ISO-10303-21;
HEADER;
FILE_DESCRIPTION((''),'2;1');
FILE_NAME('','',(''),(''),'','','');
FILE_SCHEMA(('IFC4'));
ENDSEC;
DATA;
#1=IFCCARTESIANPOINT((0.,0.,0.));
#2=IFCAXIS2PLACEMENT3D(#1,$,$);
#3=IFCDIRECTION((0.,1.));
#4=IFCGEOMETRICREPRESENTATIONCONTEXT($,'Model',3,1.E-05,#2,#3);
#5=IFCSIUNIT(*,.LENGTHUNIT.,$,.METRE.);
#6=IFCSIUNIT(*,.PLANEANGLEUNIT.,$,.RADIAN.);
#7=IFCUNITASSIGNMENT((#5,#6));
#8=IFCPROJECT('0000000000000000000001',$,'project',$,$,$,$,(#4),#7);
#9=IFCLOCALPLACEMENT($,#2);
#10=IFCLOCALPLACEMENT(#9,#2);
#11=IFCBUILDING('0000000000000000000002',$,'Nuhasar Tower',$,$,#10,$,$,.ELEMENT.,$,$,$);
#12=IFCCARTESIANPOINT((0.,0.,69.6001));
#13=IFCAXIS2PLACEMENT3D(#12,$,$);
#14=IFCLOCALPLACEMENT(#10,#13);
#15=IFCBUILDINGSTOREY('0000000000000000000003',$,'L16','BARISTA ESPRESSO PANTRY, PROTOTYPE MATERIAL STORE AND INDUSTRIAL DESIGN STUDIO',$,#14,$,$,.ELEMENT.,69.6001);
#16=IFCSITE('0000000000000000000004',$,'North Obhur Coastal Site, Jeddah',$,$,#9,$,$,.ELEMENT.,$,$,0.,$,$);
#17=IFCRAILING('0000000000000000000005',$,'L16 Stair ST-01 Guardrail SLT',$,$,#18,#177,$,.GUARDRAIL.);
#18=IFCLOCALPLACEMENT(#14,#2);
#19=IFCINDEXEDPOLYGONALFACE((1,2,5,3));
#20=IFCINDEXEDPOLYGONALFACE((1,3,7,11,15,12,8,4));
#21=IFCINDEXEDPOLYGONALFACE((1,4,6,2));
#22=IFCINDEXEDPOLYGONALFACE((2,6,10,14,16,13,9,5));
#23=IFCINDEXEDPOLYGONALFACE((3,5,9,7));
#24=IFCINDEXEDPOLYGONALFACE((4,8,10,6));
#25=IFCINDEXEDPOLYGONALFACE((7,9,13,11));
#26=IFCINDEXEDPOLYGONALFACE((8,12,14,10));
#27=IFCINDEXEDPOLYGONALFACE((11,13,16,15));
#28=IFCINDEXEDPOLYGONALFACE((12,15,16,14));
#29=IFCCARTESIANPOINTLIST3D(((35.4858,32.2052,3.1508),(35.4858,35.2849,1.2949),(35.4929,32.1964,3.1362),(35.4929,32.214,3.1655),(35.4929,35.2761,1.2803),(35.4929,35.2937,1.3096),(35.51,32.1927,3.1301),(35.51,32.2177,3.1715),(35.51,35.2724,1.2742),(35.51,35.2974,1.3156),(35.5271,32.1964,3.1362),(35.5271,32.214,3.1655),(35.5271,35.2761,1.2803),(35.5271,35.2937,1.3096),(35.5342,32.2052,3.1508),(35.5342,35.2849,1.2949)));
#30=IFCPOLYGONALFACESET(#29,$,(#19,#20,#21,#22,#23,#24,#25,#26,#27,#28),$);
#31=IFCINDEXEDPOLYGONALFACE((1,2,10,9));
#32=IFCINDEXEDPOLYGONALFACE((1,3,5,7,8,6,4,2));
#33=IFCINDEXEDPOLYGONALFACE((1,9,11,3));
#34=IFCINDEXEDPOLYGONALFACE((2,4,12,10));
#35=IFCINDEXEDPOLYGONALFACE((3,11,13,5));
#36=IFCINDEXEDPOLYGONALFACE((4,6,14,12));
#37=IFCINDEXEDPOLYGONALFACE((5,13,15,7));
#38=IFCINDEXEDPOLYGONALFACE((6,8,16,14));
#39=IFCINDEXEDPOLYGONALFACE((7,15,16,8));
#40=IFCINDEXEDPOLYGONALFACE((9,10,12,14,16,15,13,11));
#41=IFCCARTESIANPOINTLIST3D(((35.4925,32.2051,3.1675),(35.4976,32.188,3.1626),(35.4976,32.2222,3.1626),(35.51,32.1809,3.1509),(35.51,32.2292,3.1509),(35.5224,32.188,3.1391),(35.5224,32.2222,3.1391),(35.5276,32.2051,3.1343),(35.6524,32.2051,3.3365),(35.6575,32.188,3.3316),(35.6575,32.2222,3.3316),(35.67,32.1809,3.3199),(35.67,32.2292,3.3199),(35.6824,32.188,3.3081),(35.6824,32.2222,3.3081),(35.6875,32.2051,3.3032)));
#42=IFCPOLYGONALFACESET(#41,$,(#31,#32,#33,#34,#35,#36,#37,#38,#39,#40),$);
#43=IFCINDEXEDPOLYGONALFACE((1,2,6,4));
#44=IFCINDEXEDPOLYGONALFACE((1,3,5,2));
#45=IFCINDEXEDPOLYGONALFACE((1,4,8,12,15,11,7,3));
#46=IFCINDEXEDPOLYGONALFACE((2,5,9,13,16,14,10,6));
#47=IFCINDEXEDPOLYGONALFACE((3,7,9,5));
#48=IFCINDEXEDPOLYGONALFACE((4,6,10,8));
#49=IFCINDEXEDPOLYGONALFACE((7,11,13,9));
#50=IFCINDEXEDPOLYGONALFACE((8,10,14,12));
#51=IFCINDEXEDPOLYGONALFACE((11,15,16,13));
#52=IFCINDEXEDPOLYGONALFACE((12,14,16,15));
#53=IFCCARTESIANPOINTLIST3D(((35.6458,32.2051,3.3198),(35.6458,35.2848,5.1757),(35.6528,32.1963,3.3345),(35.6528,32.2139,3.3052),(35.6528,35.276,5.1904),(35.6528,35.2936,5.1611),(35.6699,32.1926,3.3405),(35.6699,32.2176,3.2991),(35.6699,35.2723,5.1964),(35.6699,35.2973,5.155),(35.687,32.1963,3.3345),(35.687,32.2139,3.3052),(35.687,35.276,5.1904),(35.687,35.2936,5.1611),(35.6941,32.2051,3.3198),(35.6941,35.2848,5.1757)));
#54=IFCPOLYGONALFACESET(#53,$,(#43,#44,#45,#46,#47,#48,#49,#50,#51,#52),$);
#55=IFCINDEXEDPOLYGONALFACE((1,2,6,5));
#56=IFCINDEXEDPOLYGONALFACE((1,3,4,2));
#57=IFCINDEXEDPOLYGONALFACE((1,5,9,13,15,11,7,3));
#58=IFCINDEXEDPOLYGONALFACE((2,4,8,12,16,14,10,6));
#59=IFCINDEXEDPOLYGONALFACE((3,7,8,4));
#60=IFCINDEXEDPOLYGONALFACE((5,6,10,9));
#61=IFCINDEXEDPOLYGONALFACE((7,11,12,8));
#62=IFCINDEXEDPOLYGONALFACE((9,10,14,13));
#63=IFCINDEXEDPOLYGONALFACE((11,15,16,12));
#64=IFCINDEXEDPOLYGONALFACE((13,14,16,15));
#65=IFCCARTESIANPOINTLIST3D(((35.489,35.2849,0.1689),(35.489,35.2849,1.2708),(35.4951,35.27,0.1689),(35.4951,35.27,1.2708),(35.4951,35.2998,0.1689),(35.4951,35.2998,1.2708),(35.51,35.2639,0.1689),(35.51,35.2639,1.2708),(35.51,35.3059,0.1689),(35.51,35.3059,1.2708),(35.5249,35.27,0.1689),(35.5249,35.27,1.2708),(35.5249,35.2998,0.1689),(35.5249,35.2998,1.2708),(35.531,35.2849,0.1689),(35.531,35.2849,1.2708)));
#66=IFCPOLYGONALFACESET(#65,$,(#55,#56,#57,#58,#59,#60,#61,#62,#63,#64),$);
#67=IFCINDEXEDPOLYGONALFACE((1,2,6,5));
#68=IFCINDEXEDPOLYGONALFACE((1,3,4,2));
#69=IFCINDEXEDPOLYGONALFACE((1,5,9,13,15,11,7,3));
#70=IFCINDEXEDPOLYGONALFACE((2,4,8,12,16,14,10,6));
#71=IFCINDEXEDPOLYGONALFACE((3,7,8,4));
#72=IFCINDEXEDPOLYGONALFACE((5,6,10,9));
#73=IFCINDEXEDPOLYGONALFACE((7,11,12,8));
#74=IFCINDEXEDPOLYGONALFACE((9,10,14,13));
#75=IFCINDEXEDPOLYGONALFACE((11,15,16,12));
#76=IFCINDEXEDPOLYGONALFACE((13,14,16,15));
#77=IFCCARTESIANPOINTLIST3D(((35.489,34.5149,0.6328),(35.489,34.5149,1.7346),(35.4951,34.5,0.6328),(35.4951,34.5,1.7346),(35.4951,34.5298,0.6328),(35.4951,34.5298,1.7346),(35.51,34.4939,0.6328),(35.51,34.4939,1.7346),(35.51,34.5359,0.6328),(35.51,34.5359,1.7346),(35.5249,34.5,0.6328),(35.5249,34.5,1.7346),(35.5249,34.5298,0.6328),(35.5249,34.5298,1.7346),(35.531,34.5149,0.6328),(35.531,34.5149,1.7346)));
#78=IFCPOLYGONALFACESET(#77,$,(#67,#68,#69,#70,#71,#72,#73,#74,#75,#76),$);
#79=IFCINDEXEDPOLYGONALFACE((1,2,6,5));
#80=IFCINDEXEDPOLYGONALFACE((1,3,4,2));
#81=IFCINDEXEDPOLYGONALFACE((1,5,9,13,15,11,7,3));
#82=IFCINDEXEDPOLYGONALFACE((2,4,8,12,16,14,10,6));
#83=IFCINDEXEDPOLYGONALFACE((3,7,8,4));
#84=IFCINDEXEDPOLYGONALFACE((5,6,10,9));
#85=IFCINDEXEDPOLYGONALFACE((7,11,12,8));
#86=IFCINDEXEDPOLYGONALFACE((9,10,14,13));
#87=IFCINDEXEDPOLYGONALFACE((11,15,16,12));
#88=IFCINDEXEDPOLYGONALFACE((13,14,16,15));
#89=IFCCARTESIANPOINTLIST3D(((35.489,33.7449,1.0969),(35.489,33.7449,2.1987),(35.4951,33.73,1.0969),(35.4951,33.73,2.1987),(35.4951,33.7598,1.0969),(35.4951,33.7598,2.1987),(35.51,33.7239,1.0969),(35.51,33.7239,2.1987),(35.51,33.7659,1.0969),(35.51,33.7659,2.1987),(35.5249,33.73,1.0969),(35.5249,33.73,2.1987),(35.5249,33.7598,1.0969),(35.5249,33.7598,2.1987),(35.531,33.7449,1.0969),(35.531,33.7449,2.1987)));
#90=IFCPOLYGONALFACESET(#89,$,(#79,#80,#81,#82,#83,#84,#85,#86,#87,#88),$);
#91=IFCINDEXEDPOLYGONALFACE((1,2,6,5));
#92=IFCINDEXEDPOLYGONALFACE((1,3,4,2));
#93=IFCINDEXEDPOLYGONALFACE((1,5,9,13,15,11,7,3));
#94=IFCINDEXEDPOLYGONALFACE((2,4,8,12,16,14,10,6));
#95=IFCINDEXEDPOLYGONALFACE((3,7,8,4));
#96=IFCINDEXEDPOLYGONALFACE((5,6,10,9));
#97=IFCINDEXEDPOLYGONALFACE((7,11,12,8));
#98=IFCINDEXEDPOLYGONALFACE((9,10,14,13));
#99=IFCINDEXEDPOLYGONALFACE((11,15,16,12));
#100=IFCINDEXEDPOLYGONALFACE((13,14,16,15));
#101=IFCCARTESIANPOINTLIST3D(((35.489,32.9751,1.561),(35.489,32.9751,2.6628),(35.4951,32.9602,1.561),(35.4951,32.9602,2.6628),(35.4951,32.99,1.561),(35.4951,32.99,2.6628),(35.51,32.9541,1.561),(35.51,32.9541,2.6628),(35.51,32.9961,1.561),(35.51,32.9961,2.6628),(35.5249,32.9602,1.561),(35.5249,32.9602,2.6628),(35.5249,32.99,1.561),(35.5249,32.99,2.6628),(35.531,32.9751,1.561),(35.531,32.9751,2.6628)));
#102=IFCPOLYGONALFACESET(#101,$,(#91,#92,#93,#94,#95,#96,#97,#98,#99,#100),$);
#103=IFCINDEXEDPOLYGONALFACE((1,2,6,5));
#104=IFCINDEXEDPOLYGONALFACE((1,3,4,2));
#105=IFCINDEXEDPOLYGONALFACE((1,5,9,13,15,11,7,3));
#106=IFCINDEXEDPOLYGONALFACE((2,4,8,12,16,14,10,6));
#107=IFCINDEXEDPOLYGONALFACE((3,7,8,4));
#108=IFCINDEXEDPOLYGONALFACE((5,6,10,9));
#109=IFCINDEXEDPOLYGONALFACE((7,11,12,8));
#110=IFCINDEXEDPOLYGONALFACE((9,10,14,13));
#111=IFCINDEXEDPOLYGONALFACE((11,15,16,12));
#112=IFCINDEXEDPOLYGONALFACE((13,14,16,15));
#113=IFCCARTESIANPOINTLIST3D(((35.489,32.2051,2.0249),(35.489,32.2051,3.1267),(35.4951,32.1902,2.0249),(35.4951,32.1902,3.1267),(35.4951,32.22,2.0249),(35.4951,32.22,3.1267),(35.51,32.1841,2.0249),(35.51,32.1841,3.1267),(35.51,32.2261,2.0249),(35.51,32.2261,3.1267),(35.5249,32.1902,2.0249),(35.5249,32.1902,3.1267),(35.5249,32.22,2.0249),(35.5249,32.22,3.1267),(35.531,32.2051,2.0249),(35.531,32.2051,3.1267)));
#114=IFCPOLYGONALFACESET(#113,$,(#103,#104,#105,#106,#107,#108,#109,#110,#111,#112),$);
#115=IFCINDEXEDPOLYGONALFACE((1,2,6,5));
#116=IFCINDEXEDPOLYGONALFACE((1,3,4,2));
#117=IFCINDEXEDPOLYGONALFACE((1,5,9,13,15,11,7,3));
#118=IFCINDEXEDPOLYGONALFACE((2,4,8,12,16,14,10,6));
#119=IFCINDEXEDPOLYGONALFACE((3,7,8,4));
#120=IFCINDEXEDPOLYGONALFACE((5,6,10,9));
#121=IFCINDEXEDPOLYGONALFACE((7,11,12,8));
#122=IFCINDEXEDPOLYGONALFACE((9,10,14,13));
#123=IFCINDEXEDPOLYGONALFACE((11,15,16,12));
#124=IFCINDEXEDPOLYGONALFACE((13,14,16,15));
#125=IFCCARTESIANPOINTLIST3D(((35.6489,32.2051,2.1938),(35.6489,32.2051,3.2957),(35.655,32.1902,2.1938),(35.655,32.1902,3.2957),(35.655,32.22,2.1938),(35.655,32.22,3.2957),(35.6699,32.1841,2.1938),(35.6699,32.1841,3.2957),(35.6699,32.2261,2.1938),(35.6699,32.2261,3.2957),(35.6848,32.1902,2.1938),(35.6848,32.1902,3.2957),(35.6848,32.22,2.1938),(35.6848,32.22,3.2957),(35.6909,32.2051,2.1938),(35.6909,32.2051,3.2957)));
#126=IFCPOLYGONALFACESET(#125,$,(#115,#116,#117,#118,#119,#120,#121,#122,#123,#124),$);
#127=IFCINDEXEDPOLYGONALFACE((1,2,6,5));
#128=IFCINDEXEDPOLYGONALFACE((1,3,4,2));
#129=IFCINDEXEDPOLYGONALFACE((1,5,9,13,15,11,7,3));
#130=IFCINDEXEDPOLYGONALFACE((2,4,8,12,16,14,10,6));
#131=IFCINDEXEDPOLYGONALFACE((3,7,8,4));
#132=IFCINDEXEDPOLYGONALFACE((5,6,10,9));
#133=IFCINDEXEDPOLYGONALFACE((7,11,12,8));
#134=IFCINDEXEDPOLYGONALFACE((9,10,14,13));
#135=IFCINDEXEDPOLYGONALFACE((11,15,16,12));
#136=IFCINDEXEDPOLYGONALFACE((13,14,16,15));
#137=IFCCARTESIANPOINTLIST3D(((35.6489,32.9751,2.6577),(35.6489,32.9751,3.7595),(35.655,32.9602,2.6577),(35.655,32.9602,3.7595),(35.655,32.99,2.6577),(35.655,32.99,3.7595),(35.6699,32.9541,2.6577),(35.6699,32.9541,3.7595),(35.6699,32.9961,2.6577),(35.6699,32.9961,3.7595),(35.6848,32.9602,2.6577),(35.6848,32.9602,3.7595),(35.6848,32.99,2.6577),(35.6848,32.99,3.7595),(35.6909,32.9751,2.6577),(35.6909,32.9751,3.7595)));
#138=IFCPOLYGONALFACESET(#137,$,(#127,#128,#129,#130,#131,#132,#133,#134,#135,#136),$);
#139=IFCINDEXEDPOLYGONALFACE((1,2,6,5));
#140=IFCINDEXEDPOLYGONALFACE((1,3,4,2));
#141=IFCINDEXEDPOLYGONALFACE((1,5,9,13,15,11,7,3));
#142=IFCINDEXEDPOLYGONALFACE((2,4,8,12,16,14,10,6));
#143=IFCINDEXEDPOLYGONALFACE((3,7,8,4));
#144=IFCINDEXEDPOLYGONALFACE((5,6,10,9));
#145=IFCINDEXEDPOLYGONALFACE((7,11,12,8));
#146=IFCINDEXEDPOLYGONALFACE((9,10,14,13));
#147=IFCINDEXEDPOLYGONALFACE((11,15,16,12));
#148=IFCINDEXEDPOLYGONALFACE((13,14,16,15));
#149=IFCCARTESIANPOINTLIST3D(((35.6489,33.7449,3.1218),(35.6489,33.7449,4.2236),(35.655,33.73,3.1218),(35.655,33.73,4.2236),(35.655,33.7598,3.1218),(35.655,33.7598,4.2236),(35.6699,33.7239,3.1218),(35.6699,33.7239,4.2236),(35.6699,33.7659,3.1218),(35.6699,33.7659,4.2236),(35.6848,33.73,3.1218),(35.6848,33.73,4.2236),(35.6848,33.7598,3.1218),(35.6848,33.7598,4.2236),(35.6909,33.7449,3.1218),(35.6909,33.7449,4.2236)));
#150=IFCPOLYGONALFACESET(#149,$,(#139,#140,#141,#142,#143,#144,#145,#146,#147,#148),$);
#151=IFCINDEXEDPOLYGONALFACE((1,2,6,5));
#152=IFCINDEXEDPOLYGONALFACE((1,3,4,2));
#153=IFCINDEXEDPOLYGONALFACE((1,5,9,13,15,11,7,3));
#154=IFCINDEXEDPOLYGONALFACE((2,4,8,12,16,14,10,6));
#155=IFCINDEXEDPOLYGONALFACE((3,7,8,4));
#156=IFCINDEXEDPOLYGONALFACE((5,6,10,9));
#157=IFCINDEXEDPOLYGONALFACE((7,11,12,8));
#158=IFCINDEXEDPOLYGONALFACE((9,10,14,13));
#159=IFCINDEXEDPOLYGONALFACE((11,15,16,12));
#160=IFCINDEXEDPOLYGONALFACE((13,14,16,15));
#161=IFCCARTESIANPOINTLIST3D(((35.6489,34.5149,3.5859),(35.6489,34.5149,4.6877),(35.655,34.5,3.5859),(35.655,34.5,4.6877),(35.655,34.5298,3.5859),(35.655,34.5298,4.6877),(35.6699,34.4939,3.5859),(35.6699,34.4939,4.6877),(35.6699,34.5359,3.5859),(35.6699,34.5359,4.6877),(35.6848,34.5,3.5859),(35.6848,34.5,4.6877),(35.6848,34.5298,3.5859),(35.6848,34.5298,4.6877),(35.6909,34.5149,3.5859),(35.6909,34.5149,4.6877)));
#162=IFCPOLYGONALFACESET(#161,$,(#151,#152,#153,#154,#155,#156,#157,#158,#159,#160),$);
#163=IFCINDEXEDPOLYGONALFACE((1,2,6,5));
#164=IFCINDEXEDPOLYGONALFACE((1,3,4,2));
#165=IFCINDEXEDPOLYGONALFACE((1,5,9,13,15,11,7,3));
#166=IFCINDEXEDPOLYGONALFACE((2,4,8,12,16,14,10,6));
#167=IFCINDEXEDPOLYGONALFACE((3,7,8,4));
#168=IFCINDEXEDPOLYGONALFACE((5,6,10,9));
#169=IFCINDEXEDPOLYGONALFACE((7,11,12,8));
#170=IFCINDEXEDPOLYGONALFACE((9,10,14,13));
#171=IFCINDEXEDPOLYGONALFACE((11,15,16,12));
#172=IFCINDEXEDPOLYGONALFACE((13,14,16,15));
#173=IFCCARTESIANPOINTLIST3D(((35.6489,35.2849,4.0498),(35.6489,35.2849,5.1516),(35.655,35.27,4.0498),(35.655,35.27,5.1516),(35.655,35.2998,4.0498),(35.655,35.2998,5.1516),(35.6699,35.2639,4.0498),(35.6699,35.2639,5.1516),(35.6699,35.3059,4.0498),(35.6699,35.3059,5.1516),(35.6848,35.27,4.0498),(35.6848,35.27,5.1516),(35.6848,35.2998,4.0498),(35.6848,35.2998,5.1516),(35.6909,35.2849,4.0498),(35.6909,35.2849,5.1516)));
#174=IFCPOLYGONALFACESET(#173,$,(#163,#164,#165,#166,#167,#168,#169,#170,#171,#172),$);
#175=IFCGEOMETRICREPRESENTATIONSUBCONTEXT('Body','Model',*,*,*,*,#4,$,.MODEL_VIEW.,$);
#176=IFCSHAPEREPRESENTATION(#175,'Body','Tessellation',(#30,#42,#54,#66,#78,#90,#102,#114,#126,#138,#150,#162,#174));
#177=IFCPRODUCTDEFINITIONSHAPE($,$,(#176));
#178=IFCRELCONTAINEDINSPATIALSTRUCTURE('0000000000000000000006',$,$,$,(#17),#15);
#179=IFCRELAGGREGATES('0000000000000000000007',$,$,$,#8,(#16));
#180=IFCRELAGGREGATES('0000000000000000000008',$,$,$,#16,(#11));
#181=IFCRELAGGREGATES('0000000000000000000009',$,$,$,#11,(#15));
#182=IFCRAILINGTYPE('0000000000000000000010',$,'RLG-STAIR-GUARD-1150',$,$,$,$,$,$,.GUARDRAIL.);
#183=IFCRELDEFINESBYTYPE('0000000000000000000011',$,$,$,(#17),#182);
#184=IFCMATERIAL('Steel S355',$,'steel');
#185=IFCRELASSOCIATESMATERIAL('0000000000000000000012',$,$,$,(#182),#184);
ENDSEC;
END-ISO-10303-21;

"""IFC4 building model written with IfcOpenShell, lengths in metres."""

from ifc_helpers import new_model, si_unit, direction, frame, origin, place, context, subcontext, project, spatial, polyline, outline, extrude, material, type_object, element, save


model = new_model("IFC4")

# Units and contexts
model_context = context("Model", 3, precision=1e-05, world=origin(), true_north=direction((0.0, 1.0)))
body_context = subcontext(model_context, "Body", "Model", "MODEL_VIEW")
ifc_project = project(units=[si_unit("LENGTHUNIT", "METRE"), si_unit("PLANEANGLEUNIT", "RADIAN")], contexts=[model_context])

# Site, building, storey
site_placement = place(None, origin())
site = spatial("IfcSite", under=ifc_project, at=site_placement, Name="North Obhur Coastal Site, Jeddah", CompositionType="ELEMENT", RefElevation=0.0)
building_placement = place(site_placement, origin())
building = spatial("IfcBuilding", under=site, at=building_placement, Name="Nuhasar Tower", CompositionType="ELEMENT")
storey_placement = place(building_placement, frame((0.0, 0.0, 69.6001)))
storey = spatial("IfcBuildingStorey", under=building, at=storey_placement, Name="L16", Description="BARISTA ESPRESSO PANTRY, PROTOTYPE MATERIAL STORE AND INDUSTRIAL DESIGN STUDIO", CompositionType="ELEMENT", Elevation=69.6001)

# Shared definitions
ifc_material_1 = material(Name="Steel S355", Category="steel")

# Railing
railing_type_1 = type_object("IfcRailingType", Name="RLG-STAIR-GUARD-1150", PredefinedType="GUARDRAIL", material=ifc_material_1)
railing_1_placement = place(storey_placement, frame((35.51, 35.2849, 0.1689)))
element("IfcRailing", 1, at=railing_1_placement, inside=storey, type_object=railing_type_1, Name="L16 Stair ST-01 Guardrail SLT", PredefinedType="GUARDRAIL", context=body_context, shape_type="SweptSolid", body=[
    extrude(outline(polyline([(0.0242, 0.0), (0.0171, 0.0171), (0.0, 0.0242), (-0.0171, 0.0171), (-0.0242, 0.0), (-0.0171, -0.0171), (0.0, -0.0242), (0.0171, -0.0171), (0.0242, 0.0)])), frame((0.0, 0.0, 1.126), z_axis=(0.0, -0.856503, 0.516142), x_axis=(1.0, 0.0, 0.0)), (0.0, 0.0, 1.0), 3.5957),
    extrude(outline(polyline([(0.0242, 0.0), (0.0171, 0.0171), (0.0, 0.0242), (-0.0171, 0.0171), (-0.0242, 0.0), (-0.0171, -0.0171), (0.0, -0.0242), (0.0171, -0.0171), (0.0242, 0.0)])), frame((0.0, -3.0798, 2.9819), z_axis=(0.687424, 0.0, 0.726256), x_axis=(0.0, 1.0, 0.0)), (0.0, 0.0, 1.0), 0.2327),
    extrude(outline(polyline([(0.0242, 0.0), (0.0171, 0.0171), (0.0, 0.0242), (-0.0171, 0.0171), (-0.0242, 0.0), (-0.0171, -0.0171), (0.0, -0.0242), (0.0171, -0.0171), (0.0242, 0.0)])), frame((0.1599, -3.0798, 3.1509), z_axis=(0.0, 0.856503, 0.516142), x_axis=(-1.0, 0.0, 0.0)), (0.0, 0.0, 1.0), 3.5957),
    extrude(outline(polyline([(0.021, 0.0), (0.0149, 0.0149), (0.0, 0.021), (-0.0149, 0.0149), (-0.021, 0.0), (-0.0149, -0.0149), (0.0, -0.021), (0.0149, -0.0149), (0.021, 0.0)])), origin(), (0.0, 0.0, 1.0), 1.1018),
    extrude(outline(polyline([(0.021, 0.0), (0.0149, 0.0149), (0.0, 0.021), (-0.0149, 0.0149), (-0.021, 0.0), (-0.0149, -0.0149), (0.0, -0.021), (0.0149, -0.0149), (0.021, 0.0)])), frame((0.0, -0.77, 0.4639)), (0.0, 0.0, 1.0), 1.1018),
    extrude(outline(polyline([(0.021, 0.0), (0.0149, 0.0149), (0.0, 0.021), (-0.0149, 0.0149), (-0.021, 0.0), (-0.0149, -0.0149), (0.0, -0.021), (0.0149, -0.0149), (0.021, 0.0)])), frame((0.0, -1.54, 0.928)), (0.0, 0.0, 1.0), 1.1018),
    extrude(outline(polyline([(0.021, 0.0), (0.0149, 0.0149), (0.0, 0.021), (-0.0149, 0.0149), (-0.021, 0.0), (-0.0149, -0.0149), (0.0, -0.021), (0.0149, -0.0149), (0.021, 0.0)])), frame((0.0, -2.3098, 1.3921)), (0.0, 0.0, 1.0), 1.1018),
    extrude(outline(polyline([(0.021, 0.0), (0.0149, 0.0149), (0.0, 0.021), (-0.0149, 0.0149), (-0.021, 0.0), (-0.0149, -0.0149), (0.0, -0.021), (0.0149, -0.0149), (0.021, 0.0)])), frame((0.0, -3.0798, 1.856)), (0.0, 0.0, 1.0), 1.1018),
    extrude(outline(polyline([(0.021, 0.0), (0.0149, 0.0149), (0.0, 0.021), (-0.0149, 0.0149), (-0.021, 0.0), (-0.0149, -0.0149), (0.0, -0.021), (0.0149, -0.0149), (0.021, 0.0)])), frame((0.1599, -3.0798, 2.0249)), (0.0, 0.0, 1.0), 1.1018),
    extrude(outline(polyline([(0.021, 0.0), (0.0149, 0.0149), (0.0, 0.021), (-0.0149, 0.0149), (-0.021, 0.0), (-0.0149, -0.0149), (0.0, -0.021), (0.0149, -0.0149), (0.021, 0.0)])), frame((0.1599, -2.3098, 2.4888)), (0.0, 0.0, 1.0), 1.1018),
    extrude(outline(polyline([(0.021, 0.0), (0.0149, 0.0149), (0.0, 0.021), (-0.0149, 0.0149), (-0.021, 0.0), (-0.0149, -0.0149), (0.0, -0.021), (0.0149, -0.0149), (0.021, 0.0)])), frame((0.1599, -1.54, 2.9529)), (0.0, 0.0, 1.0), 1.1018),
    extrude(outline(polyline([(0.021, 0.0), (0.0149, 0.0149), (0.0, 0.021), (-0.0149, 0.0149), (-0.021, 0.0), (-0.0149, -0.0149), (0.0, -0.021), (0.0149, -0.0149), (0.021, 0.0)])), frame((0.1599, -0.77, 3.417)), (0.0, 0.0, 1.0), 1.1018),
    extrude(outline(polyline([(0.021, 0.0), (0.0149, 0.0149), (0.0, 0.021), (-0.0149, 0.0149), (-0.021, 0.0), (-0.0149, -0.0149), (0.0, -0.021), (0.0149, -0.0149), (0.021, 0.0)])), frame((0.1599, 0.0, 3.8809)), (0.0, 0.0, 1.0), 1.1018),
])

save(model, "model.ifc")
